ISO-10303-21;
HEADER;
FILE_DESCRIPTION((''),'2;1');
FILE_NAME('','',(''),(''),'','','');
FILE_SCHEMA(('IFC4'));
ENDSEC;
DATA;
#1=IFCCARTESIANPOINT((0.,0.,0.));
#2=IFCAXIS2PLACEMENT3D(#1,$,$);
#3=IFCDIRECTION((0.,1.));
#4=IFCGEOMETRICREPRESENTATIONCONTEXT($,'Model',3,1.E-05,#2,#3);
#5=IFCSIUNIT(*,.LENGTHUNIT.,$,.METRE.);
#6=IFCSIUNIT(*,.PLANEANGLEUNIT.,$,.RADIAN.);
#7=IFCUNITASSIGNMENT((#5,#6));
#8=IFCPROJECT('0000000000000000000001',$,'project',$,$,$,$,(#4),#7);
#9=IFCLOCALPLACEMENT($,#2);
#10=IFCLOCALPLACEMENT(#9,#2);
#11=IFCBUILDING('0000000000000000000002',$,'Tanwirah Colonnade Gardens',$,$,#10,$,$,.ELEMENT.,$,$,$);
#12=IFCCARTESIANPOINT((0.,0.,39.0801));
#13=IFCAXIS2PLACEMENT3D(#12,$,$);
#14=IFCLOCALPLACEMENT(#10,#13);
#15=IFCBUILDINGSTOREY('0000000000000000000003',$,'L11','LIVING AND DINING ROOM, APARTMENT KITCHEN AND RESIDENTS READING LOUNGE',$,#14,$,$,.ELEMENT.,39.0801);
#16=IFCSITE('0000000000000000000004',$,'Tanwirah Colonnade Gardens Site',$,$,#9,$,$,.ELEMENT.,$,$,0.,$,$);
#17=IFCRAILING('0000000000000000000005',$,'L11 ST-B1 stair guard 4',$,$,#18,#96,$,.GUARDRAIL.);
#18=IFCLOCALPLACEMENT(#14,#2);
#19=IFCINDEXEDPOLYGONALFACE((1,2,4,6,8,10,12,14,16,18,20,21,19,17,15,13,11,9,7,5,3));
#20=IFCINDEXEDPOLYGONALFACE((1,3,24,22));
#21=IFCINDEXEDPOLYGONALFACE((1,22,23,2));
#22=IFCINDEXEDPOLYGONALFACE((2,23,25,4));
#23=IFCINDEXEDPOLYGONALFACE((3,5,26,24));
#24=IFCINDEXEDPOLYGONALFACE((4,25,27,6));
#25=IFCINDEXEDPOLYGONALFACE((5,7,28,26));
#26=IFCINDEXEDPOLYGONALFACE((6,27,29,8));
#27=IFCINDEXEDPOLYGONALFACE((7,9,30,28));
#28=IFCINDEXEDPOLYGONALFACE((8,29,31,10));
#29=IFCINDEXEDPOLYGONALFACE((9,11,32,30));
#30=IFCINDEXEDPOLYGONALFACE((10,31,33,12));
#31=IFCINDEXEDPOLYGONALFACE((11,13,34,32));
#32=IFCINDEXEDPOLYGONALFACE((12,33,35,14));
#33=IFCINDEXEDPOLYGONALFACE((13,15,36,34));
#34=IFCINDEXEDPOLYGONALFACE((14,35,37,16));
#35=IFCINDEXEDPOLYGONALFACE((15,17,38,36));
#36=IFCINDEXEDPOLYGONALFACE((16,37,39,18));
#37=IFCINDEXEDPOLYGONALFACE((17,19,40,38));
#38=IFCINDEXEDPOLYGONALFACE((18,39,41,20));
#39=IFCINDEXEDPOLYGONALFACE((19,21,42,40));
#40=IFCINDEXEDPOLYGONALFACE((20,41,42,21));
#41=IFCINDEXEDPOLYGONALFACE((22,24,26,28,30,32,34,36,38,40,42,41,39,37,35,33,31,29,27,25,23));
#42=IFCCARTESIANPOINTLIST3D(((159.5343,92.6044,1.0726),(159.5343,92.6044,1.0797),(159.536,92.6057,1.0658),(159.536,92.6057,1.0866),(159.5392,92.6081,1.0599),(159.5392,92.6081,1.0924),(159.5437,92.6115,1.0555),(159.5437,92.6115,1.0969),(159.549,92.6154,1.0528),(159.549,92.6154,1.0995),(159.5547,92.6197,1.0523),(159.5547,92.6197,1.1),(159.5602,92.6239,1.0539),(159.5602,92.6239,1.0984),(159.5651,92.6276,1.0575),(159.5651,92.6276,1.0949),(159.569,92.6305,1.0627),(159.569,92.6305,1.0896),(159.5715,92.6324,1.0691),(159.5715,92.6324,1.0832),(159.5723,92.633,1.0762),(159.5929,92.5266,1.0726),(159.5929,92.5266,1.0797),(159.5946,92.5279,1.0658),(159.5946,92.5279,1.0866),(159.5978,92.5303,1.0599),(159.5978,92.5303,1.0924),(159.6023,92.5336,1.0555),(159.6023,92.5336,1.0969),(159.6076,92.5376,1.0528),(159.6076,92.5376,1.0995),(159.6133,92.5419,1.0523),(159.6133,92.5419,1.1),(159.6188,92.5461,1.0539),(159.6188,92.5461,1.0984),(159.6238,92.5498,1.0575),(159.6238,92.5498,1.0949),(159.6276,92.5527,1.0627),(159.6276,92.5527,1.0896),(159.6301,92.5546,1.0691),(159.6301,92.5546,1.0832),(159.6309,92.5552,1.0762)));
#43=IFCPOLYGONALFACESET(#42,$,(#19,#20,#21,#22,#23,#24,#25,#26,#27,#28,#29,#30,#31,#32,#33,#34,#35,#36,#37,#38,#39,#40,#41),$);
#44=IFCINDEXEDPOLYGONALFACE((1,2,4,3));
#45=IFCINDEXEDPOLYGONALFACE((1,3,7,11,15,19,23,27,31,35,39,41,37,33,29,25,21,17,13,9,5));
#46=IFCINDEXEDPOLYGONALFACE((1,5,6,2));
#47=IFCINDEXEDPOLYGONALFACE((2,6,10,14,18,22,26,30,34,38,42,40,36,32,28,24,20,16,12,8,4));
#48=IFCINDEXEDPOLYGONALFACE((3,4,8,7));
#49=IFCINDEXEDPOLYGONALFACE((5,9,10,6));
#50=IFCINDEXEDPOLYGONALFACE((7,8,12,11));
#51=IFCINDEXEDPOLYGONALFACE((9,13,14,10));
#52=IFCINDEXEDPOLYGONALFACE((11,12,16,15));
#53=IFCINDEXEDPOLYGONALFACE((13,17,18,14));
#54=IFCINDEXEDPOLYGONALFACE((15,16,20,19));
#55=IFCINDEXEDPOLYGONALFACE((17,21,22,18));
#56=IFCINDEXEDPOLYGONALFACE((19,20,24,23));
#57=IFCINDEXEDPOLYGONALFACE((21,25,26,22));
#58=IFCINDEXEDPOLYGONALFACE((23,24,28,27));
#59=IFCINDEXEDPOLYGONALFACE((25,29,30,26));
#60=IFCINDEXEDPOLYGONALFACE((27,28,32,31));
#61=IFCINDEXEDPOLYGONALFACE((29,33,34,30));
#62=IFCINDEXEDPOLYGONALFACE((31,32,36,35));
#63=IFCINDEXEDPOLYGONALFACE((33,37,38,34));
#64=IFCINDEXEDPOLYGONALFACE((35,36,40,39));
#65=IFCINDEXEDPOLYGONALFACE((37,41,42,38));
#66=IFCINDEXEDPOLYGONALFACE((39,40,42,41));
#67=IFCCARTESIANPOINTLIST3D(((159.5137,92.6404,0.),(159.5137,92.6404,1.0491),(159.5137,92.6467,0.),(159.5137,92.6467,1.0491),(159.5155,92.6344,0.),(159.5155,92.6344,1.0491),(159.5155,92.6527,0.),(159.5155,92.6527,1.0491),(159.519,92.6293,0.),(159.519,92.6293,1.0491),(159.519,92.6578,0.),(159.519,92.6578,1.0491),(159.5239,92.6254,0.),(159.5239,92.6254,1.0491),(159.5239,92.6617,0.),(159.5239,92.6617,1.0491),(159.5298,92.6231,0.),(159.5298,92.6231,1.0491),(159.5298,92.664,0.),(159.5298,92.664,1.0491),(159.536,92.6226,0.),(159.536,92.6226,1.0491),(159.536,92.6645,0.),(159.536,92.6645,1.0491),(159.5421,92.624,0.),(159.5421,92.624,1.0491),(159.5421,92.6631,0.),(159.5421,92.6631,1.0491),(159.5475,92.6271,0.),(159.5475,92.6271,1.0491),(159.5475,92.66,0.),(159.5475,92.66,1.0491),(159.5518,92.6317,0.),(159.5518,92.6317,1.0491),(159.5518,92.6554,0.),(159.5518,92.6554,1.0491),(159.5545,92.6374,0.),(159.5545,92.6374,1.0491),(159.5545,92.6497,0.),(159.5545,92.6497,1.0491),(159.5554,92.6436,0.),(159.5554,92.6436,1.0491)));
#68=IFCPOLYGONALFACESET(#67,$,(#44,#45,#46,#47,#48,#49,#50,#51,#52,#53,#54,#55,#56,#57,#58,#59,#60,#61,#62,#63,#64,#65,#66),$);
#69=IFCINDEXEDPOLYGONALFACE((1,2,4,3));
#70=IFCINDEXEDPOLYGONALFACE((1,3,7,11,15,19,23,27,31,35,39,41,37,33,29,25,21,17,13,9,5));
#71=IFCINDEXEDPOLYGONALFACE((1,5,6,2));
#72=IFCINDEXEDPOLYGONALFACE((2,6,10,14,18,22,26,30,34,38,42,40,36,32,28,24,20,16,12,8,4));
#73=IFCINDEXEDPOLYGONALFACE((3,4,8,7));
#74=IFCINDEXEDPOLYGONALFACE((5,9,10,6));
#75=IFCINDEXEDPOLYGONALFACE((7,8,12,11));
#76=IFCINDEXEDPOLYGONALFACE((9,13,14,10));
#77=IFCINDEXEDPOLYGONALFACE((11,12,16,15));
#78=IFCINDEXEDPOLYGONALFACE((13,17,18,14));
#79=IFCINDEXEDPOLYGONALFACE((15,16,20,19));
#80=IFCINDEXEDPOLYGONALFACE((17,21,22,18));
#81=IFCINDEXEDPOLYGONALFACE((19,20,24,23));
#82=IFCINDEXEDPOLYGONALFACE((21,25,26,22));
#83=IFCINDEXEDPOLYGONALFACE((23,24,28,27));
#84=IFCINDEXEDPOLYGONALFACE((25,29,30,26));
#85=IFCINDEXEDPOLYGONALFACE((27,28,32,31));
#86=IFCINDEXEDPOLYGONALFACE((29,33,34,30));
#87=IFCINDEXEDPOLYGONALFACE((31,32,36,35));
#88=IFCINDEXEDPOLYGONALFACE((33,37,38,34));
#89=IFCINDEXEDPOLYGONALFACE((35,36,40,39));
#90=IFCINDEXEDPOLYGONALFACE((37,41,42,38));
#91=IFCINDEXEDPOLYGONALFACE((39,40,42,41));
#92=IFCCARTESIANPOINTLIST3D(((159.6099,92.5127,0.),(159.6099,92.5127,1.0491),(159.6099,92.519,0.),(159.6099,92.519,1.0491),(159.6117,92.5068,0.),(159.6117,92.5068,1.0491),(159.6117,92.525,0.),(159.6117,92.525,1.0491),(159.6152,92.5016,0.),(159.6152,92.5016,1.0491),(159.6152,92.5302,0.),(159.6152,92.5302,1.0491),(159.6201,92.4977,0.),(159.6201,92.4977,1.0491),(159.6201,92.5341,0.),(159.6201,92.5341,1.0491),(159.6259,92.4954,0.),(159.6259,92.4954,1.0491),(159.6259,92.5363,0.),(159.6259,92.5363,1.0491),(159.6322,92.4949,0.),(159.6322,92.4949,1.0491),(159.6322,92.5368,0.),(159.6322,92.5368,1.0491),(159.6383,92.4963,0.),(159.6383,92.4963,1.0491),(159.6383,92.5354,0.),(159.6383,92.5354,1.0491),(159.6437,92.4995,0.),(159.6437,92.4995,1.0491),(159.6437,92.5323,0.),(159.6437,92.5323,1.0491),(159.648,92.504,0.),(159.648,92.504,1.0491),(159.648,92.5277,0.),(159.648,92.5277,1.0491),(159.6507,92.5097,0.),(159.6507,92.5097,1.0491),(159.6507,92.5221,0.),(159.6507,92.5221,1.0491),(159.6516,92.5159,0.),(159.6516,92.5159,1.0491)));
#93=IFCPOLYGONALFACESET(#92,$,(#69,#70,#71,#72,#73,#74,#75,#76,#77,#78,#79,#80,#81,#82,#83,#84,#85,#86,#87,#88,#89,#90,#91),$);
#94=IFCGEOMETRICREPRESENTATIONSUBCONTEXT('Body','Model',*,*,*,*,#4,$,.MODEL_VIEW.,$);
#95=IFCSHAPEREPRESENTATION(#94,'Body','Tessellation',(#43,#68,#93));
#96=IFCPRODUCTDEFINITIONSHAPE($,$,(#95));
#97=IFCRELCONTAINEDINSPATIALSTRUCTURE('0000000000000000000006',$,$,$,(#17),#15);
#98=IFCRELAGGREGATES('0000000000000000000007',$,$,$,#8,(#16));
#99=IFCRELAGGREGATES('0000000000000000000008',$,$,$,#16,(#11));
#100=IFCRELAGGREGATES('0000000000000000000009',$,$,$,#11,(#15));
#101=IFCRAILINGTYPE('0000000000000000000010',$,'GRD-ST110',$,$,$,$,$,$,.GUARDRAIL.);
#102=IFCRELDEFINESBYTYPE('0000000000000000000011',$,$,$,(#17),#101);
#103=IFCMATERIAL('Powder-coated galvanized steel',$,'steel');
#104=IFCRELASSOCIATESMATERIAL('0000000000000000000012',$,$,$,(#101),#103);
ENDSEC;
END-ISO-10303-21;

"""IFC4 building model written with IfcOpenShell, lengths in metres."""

from ifc_helpers import new_model, si_unit, direction, frame, origin, origin_2d, place, context, subcontext, project, spatial, circle, extrude, material, type_object, element, save


model = new_model("IFC4")

# Units and contexts
model_context = context("Model", 3, precision=1e-05, world=origin(), true_north=direction((0.0, 1.0)))
body_context = subcontext(model_context, "Body", "Model", "MODEL_VIEW")
ifc_project = project(units=[si_unit("LENGTHUNIT", "METRE"), si_unit("PLANEANGLEUNIT", "RADIAN")], contexts=[model_context])

# Site, building, storey
site_placement = place(None, origin())
site = spatial("IfcSite", under=ifc_project, at=site_placement, Name="Tanwirah Colonnade Gardens Site", CompositionType="ELEMENT", RefElevation=0.0)
building_placement = place(site_placement, origin())
building = spatial("IfcBuilding", under=site, at=building_placement, Name="Tanwirah Colonnade Gardens", CompositionType="ELEMENT")
storey_placement = place(building_placement, frame((0.0, 0.0, 39.0801)))
storey = spatial("IfcBuildingStorey", under=building, at=storey_placement, Name="L11", Description="LIVING AND DINING ROOM, APARTMENT KITCHEN AND RESIDENTS READING LOUNGE", CompositionType="ELEMENT", Elevation=39.0801)

# Railing
ifc_material_1 = material(Name="Powder-coated galvanized steel", Category="steel")
railing_type = type_object("IfcRailingType", Name="GRD-ST110", PredefinedType="GUARDRAIL", material=ifc_material_1)
railing_1_placement = place(storey_placement, frame((159.5344, 92.6436, 0.0)))
element("IfcRailing", 1, at=railing_1_placement, inside=storey, type_object=railing_type, Name="L11 ST-B1 stair guard 4", PredefinedType="GUARDRAIL", context=body_context, shape_type="SweptSolid", body=[
    extrude(circle(Radius=0.0239, at=origin_2d()), frame((0.0188, -0.0249, 1.0762), z_axis=(0.601709, -0.798715, 0.0), x_axis=(0.798715, 0.601709, 0.0)), (0.0, 0.0, 1.0), 0.0974),
    extrude(circle(Radius=0.021, at=origin_2d()), origin(), (0.0, 0.0, 1.0), 1.0491),
    extrude(circle(Radius=0.021, at=origin_2d()), frame((0.0962, -0.1277, 0.0)), (0.0, 0.0, 1.0), 1.0491),
])

save(model, "model.ifc")
